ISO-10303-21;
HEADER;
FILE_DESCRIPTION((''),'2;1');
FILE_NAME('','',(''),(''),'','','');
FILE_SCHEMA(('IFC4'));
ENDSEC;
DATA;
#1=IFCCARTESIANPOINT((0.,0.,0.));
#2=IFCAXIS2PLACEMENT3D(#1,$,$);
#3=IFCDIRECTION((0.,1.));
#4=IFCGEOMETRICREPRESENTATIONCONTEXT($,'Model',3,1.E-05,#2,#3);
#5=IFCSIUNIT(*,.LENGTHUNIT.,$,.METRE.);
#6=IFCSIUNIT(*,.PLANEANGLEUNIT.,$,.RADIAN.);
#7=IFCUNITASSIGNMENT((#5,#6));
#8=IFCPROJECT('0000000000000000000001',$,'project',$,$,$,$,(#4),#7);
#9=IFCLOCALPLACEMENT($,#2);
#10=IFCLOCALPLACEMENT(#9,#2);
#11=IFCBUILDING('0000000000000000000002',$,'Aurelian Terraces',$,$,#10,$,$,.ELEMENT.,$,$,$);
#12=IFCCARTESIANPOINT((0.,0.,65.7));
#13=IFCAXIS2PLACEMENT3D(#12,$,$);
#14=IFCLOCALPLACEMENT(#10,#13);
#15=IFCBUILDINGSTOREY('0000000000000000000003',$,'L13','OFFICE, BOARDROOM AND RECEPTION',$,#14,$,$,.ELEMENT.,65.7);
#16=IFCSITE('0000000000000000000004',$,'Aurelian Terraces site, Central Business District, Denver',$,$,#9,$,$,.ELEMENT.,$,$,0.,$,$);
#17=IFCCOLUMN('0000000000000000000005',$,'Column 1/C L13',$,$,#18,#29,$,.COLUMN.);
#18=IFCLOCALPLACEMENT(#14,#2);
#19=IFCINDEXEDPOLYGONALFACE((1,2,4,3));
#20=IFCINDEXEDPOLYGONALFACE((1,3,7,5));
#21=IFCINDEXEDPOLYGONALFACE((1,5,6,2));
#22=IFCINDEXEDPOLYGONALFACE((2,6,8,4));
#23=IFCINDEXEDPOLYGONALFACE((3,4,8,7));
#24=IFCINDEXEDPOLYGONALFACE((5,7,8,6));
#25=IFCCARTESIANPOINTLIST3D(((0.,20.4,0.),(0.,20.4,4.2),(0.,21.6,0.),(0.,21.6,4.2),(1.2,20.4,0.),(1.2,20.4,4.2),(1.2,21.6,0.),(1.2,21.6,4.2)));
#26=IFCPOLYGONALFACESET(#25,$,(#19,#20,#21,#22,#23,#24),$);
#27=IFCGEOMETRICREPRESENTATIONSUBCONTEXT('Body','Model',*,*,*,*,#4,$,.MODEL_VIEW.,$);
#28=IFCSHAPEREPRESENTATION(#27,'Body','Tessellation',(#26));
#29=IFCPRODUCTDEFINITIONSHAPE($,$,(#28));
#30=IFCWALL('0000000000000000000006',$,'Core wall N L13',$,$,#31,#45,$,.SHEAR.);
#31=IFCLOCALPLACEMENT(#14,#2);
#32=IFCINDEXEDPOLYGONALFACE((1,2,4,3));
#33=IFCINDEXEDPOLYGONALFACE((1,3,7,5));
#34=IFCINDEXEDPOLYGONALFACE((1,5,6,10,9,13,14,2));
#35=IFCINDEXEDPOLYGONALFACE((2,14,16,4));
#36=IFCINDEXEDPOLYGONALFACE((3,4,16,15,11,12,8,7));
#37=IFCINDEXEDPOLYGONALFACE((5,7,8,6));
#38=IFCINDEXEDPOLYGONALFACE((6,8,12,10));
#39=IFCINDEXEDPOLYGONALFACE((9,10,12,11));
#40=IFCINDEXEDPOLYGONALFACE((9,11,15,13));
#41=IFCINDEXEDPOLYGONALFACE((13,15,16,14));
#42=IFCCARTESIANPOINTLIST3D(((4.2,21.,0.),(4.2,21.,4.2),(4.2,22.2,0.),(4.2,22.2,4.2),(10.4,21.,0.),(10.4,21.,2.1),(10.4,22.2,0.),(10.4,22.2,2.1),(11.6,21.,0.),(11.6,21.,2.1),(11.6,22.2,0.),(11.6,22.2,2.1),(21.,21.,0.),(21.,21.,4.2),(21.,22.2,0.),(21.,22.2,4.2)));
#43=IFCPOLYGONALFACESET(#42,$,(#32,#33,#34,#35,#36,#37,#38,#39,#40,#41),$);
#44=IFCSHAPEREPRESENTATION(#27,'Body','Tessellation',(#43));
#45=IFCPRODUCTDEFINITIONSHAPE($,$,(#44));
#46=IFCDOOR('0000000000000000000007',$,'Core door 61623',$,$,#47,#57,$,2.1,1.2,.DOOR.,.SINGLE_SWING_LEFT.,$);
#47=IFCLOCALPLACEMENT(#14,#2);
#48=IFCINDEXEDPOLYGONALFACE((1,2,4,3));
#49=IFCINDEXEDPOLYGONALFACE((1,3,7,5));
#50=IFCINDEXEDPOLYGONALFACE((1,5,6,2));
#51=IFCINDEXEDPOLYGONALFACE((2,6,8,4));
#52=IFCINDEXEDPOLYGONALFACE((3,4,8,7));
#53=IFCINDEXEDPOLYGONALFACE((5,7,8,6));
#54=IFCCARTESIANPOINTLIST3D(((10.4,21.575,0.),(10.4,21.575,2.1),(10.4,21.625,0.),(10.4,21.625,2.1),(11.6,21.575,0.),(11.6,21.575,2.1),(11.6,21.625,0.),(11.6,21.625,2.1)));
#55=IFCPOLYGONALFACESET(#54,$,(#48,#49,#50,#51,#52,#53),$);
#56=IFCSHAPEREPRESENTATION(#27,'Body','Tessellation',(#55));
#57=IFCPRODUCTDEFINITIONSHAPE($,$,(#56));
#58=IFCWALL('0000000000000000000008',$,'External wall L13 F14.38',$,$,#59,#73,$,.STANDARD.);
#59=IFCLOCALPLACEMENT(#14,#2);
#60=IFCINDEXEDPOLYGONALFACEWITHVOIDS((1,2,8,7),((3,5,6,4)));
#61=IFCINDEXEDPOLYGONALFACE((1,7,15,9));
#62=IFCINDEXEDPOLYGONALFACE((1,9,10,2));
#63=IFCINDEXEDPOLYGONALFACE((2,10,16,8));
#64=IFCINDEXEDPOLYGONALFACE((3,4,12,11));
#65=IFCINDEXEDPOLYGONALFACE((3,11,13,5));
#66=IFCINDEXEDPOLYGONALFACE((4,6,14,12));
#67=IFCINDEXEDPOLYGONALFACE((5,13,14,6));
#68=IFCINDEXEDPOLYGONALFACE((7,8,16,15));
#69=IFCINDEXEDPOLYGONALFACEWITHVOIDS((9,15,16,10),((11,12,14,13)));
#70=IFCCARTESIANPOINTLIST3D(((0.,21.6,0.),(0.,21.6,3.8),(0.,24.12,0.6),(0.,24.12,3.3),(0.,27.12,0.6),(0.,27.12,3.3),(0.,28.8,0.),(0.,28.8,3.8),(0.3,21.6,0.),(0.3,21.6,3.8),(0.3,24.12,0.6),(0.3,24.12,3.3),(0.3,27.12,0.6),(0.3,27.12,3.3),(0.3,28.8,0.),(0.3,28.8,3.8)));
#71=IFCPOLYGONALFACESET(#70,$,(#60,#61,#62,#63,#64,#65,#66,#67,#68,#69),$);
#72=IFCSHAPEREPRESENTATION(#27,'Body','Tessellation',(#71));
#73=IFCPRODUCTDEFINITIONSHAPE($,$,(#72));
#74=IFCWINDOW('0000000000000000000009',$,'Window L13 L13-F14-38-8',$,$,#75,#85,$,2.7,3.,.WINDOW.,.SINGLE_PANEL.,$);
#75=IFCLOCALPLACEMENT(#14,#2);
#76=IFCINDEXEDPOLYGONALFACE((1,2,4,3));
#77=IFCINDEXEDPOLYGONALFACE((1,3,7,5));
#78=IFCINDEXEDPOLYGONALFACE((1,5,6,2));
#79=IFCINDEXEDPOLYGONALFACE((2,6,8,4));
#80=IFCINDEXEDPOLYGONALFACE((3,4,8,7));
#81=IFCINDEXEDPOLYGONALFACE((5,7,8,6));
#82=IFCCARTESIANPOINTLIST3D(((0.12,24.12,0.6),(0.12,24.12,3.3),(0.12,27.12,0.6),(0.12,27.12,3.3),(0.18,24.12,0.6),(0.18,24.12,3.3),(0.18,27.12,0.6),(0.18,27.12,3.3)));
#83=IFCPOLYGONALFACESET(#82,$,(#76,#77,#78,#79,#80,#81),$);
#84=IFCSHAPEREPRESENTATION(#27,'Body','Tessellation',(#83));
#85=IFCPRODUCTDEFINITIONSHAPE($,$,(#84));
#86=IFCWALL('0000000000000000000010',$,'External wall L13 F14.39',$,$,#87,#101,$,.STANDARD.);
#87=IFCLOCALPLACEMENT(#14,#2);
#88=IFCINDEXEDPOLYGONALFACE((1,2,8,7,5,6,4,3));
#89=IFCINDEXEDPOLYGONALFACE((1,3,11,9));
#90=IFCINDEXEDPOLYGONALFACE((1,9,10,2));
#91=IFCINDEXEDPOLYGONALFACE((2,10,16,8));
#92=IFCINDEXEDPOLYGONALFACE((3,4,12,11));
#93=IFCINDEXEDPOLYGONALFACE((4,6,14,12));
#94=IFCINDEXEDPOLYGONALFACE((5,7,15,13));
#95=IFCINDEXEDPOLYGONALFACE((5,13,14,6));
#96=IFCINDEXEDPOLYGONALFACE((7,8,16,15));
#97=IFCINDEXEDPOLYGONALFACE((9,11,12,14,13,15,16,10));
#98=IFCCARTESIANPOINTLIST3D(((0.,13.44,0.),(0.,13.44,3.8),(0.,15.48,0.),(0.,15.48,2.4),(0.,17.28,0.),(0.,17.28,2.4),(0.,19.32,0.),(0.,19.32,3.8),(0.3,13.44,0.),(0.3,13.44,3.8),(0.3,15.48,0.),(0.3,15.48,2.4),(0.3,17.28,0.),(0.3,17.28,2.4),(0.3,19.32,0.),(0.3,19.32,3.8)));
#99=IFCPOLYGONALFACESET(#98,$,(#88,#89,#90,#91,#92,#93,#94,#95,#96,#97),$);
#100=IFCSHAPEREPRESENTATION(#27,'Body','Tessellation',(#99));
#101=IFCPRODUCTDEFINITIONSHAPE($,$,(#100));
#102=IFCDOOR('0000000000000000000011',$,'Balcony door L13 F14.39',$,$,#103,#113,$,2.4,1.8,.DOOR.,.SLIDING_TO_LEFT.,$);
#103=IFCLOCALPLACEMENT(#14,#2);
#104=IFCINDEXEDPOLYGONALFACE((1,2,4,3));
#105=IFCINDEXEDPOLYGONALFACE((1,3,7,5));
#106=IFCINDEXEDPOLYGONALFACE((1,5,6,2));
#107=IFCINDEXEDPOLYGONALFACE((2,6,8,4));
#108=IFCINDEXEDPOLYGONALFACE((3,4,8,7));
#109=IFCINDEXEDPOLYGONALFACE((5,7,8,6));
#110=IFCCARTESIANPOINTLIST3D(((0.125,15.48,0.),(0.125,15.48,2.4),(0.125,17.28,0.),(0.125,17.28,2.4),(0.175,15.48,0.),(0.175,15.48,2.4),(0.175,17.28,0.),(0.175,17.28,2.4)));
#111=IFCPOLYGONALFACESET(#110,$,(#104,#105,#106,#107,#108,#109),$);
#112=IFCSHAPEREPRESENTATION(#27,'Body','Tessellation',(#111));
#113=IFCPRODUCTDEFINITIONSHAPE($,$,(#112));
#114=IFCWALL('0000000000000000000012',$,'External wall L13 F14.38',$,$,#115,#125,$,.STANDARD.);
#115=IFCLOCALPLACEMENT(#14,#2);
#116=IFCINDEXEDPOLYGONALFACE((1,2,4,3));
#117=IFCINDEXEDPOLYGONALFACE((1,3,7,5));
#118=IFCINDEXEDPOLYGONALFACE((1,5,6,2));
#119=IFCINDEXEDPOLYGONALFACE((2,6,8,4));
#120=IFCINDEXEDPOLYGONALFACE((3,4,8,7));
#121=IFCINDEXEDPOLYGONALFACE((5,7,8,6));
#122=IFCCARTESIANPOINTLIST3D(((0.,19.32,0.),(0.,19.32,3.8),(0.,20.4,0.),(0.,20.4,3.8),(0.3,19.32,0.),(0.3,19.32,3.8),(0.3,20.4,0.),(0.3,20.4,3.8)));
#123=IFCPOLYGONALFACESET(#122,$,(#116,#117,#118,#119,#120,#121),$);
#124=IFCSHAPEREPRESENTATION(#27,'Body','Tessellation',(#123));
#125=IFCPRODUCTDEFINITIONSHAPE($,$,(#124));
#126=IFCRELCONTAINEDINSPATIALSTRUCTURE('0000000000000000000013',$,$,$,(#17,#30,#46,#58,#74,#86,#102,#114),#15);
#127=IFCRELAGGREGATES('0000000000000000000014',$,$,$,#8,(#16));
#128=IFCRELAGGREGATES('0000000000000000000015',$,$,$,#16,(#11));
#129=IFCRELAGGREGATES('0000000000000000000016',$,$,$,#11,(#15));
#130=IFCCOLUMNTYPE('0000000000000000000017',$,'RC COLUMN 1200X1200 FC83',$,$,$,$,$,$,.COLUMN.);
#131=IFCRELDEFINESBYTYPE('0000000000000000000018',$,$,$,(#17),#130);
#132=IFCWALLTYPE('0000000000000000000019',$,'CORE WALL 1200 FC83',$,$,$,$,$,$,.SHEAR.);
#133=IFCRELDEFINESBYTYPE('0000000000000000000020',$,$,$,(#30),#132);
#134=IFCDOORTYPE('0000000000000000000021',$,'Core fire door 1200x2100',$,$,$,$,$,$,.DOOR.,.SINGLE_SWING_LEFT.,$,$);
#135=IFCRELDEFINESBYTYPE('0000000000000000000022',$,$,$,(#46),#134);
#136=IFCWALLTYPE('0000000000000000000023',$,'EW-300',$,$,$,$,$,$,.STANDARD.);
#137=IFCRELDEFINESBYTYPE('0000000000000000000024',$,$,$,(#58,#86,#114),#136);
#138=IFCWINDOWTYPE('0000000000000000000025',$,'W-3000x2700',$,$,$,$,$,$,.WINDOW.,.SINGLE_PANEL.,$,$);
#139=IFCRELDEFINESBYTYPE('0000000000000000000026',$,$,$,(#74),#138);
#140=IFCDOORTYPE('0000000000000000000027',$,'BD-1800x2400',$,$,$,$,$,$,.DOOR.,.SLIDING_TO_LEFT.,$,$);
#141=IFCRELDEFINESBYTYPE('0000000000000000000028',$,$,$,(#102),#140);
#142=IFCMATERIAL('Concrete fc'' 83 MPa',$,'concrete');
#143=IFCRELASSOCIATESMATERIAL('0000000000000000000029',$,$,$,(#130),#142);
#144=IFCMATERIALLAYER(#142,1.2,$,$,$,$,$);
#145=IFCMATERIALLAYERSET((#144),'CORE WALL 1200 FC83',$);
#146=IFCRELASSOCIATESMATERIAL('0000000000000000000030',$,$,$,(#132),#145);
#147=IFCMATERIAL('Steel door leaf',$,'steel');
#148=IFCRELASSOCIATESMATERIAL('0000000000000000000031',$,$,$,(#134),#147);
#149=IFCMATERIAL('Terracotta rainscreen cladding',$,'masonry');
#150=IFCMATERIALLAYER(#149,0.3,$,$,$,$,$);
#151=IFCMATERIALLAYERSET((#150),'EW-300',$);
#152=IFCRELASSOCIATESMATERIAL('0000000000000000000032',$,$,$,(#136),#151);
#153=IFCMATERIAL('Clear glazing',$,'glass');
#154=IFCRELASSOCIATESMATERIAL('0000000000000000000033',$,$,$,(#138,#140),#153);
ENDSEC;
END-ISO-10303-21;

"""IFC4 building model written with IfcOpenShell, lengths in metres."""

from ifc_helpers import new_model, si_unit, direction, frame, frame_2d, origin, origin_2d, place, context, subcontext, project, spatial, rectangle, extrude, source, transform, mapped, material, layer, layer_set, material_profile, profile_set, type_object, element, fill, save


model = new_model("IFC4")

# Units and contexts
model_context = context("Model", 3, precision=1e-05, world=origin(), true_north=direction((0.0, 1.0)))
body_context = subcontext(model_context, "Body", "Model", "MODEL_VIEW")
ifc_project = project(units=[si_unit("LENGTHUNIT", "METRE"), si_unit("PLANEANGLEUNIT", "RADIAN")], contexts=[model_context])

# Site, building, storey
site_placement = place(None, origin())
site = spatial("IfcSite", under=ifc_project, at=site_placement, Name="Aurelian Terraces site, Central Business District, Denver", CompositionType="ELEMENT", RefElevation=0.0)
building_placement = place(site_placement, origin())
building = spatial("IfcBuilding", under=site, at=building_placement, Name="Aurelian Terraces", CompositionType="ELEMENT")
storey_placement = place(building_placement, frame((0.0, 0.0, 65.7)))
storey = spatial("IfcBuildingStorey", under=building, at=storey_placement, Name="L13", Description="OFFICE, BOARDROOM AND RECEPTION", CompositionType="ELEMENT", Elevation=65.7)

# Column
ifc_material_1 = material(Name="Concrete fc' 83 MPa", Category="concrete")
ifc_material_profile = material_profile(ifc_material_1, rectangle(XDim=1.2, YDim=1.2, at=origin_2d()))
ifc_profile_set = profile_set([ifc_material_profile], Name="Concrete fc' 83 MPa")
column_type = type_object("IfcColumnType", Name="RC COLUMN 1200X1200 FC83", PredefinedType="COLUMN", material=ifc_profile_set)
shared_shape_1 = source(origin(), body_context, "Body", "SweptSolid", [
    extrude(rectangle(XDim=1.2, YDim=1.2, at=origin_2d()), origin(), (0.0, 0.0, 1.0), 4.2),
])
column_placement = place(storey_placement, frame((0.6, 21.0, 0.0), z_axis=(0.0, 0.0, 1.0), x_axis=(1.0, 0.0, 0.0)))
element("IfcColumn", 1, at=column_placement, inside=storey, type_object=column_type, Name="Column 1/C L13", PredefinedType="COLUMN", context=body_context, shape_type="MappedRepresentation", body=[
    mapped(shared_shape_1, transform((0.0, 0.0, 0.0), scale=1.0)),
])

# Wall, opening, door
ifc_layer_1 = layer(ifc_material_1, 1.2)
ifc_layer_set_1 = layer_set([ifc_layer_1], Name="CORE WALL 1200 FC83")
wall_type_1 = type_object("IfcWallType", Name="CORE WALL 1200 FC83", PredefinedType="SHEAR", material=ifc_layer_set_1)
shared_shape_2 = source(origin(), body_context, "Body", "SweptSolid", [
    extrude(rectangle(XDim=16.8, YDim=1.2, at=frame_2d((8.4, 0.0))), origin(), (0.0, 0.0, 1.0), 4.2),
])
wall_1_placement = place(storey_placement, frame((4.2, 21.6, 0.0), z_axis=(0.0, 0.0, 1.0), x_axis=(1.0, 0.0, 0.0)))
wall_1 = element("IfcWall", 2, at=wall_1_placement, inside=storey, type_object=wall_type_1, Name="Core wall N L13", PredefinedType="SHEAR", context=body_context, shape_type="MappedRepresentation", body=[
    mapped(shared_shape_2, transform((0.0, 0.0, 0.0), scale=1.0)),
])
shared_shape_3 = source(origin(), body_context, "Body", "SweptSolid", [
    extrude(rectangle(XDim=1.2, YDim=2.1, at=frame_2d((0.6, 1.05))), frame((0.0, 0.61, 0.0), z_axis=(0.0, -1.0, 0.0), x_axis=(1.0, 0.0, 0.0)), (0.0, 0.0, 1.0), 1.22),
])
opening_1_placement = place(wall_1_placement, frame((6.2, 0.0, 0.0)))
opening_1 = element("IfcOpeningElement", 3, at=opening_1_placement, cuts=wall_1, PredefinedType="OPENING", context=body_context, shape_type="MappedRepresentation", body=[
    mapped(shared_shape_3, transform((0.0, 0.0, 0.0), scale=1.0)),
])
ifc_material_2 = material(Name="Steel door leaf", Category="steel")
door_type_1 = type_object("IfcDoorType", Name="Core fire door 1200x2100", OperationType="SINGLE_SWING_LEFT", PredefinedType="DOOR", material=ifc_material_2)
shared_shape_4 = source(origin(), body_context, "Body", "SweptSolid", [
    extrude(rectangle(XDim=1.2, YDim=2.1, at=frame_2d((0.6, 1.05))), frame((0.0, 0.025, 0.0), z_axis=(0.0, -1.0, 0.0), x_axis=(1.0, 0.0, 0.0)), (0.0, 0.0, 1.0), 0.05),
])
door_1_placement = place(opening_1_placement, origin())
door_1 = element("IfcDoor", 4, at=door_1_placement, inside=storey, type_object=door_type_1, Name="Core door 61623", OperationType="SINGLE_SWING_LEFT", OverallHeight=2.1, OverallWidth=1.2, PredefinedType="DOOR", context=body_context, shape_type="MappedRepresentation", body=[
    mapped(shared_shape_4, transform((0.0, 0.0, 0.0), scale=1.0)),
])
fill(opening_1, door_1)

# Wall, opening, window
ifc_material_3 = material(Name="Terracotta rainscreen cladding", Category="masonry")
ifc_layer_2 = layer(ifc_material_3, 0.3)
ifc_layer_set_2 = layer_set([ifc_layer_2], Name="EW-300")
wall_type_2 = type_object("IfcWallType", Name="EW-300", PredefinedType="STANDARD", material=ifc_layer_set_2)
shared_shape_5 = source(origin(), body_context, "Body", "SweptSolid", [
    extrude(rectangle(XDim=7.2, YDim=0.3, at=frame_2d((3.6, 0.0))), origin(), (0.0, 0.0, 1.0), 3.8),
])
wall_2_placement = place(storey_placement, frame((0.15, 28.8, 0.0), z_axis=(0.0, 0.0, 1.0), x_axis=(0.0, -1.0, 0.0)))
wall_2 = element("IfcWall", 5, at=wall_2_placement, inside=storey, type_object=wall_type_2, Name="External wall L13 F14.38", PredefinedType="STANDARD", context=body_context, shape_type="MappedRepresentation", body=[
    mapped(shared_shape_5, transform((0.0, 0.0, 0.0), scale=1.0)),
])
shared_shape_6 = source(origin(), body_context, "Body", "SweptSolid", [
    extrude(rectangle(XDim=3.0, YDim=2.7, at=frame_2d((1.5, 1.35))), frame((0.0, 0.16, 0.0), z_axis=(0.0, -1.0, 0.0), x_axis=(1.0, 0.0, 0.0)), (0.0, 0.0, 1.0), 0.32),
])
opening_2_placement = place(wall_2_placement, frame((1.68, 0.0, 0.6)))
opening_2 = element("IfcOpeningElement", 6, at=opening_2_placement, cuts=wall_2, PredefinedType="OPENING", context=body_context, shape_type="MappedRepresentation", body=[
    mapped(shared_shape_6, transform((0.0, 0.0, 0.0), scale=1.0)),
])
ifc_material_4 = material(Name="Clear glazing", Category="glass")
window_type = type_object("IfcWindowType", Name="W-3000x2700", PartitioningType="SINGLE_PANEL", PredefinedType="WINDOW", material=ifc_material_4)
shared_shape_7 = source(origin(), body_context, "Body", "SweptSolid", [
    extrude(rectangle(XDim=3.0, YDim=2.7, at=frame_2d((1.5, 1.35))), frame((0.0, 0.03, 0.0), z_axis=(0.0, -1.0, 0.0), x_axis=(1.0, 0.0, 0.0)), (0.0, 0.0, 1.0), 0.06),
])
window_placement = place(opening_2_placement, origin())
window = element("IfcWindow", 7, at=window_placement, inside=storey, type_object=window_type, Name="Window L13 L13-F14-38-8", OverallHeight=2.7, OverallWidth=3.0, PartitioningType="SINGLE_PANEL", PredefinedType="WINDOW", context=body_context, shape_type="MappedRepresentation", body=[
    mapped(shared_shape_7, transform((0.0, 0.0, 0.0), scale=1.0)),
])
fill(opening_2, window)

# Wall, opening, door
shared_shape_8 = source(origin(), body_context, "Body", "SweptSolid", [
    extrude(rectangle(XDim=5.88, YDim=0.3, at=frame_2d((2.94, 0.0))), origin(), (0.0, 0.0, 1.0), 3.8),
])
wall_3_placement = place(storey_placement, frame((0.15, 19.32, 0.0), z_axis=(0.0, 0.0, 1.0), x_axis=(0.0, -1.0, 0.0)))
wall_3 = element("IfcWall", 8, at=wall_3_placement, inside=storey, type_object=wall_type_2, Name="External wall L13 F14.39", PredefinedType="STANDARD", context=body_context, shape_type="MappedRepresentation", body=[
    mapped(shared_shape_8, transform((0.0, 0.0, 0.0), scale=1.0)),
])
shared_shape_9 = source(origin(), body_context, "Body", "SweptSolid", [
    extrude(rectangle(XDim=1.8, YDim=2.4, at=frame_2d((0.9, 1.2))), frame((0.0, 0.16, 0.0), z_axis=(0.0, -1.0, 0.0), x_axis=(1.0, 0.0, 0.0)), (0.0, 0.0, 1.0), 0.32),
])
opening_3_placement = place(wall_3_placement, frame((2.04, 0.0, 0.0)))
opening_3 = element("IfcOpeningElement", 9, at=opening_3_placement, cuts=wall_3, PredefinedType="OPENING", context=body_context, shape_type="MappedRepresentation", body=[
    mapped(shared_shape_9, transform((0.0, 0.0, 0.0), scale=1.0)),
])
door_type_2 = type_object("IfcDoorType", Name="BD-1800x2400", OperationType="SLIDING_TO_LEFT", PredefinedType="DOOR", material=ifc_material_4)
shared_shape_10 = source(origin(), body_context, "Body", "SweptSolid", [
    extrude(rectangle(XDim=1.8, YDim=2.4, at=frame_2d((0.9, 1.2))), frame((0.0, 0.025, 0.0), z_axis=(0.0, -1.0, 0.0), x_axis=(1.0, 0.0, 0.0)), (0.0, 0.0, 1.0), 0.05),
])
door_2_placement = place(opening_3_placement, origin())
door_2 = element("IfcDoor", 10, at=door_2_placement, inside=storey, type_object=door_type_2, Name="Balcony door L13 F14.39", OperationType="SLIDING_TO_LEFT", OverallHeight=2.4, OverallWidth=1.8, PredefinedType="DOOR", context=body_context, shape_type="MappedRepresentation", body=[
    mapped(shared_shape_10, transform((0.0, 0.0, 0.0), scale=1.0)),
])
fill(opening_3, door_2)

# Wall
shared_shape_11 = source(origin(), body_context, "Body", "SweptSolid", [
    extrude(rectangle(XDim=1.08, YDim=0.3, at=frame_2d((0.54, 0.0))), origin(), (0.0, 0.0, 1.0), 3.8),
])
wall_4_placement = place(storey_placement, frame((0.15, 20.4, 0.0), z_axis=(0.0, 0.0, 1.0), x_axis=(0.0, -1.0, 0.0)))
element("IfcWall", 11, at=wall_4_placement, inside=storey, type_object=wall_type_2, Name="External wall L13 F14.38", PredefinedType="STANDARD", context=body_context, shape_type="MappedRepresentation", body=[
    mapped(shared_shape_11, transform((0.0, 0.0, 0.0), scale=1.0)),
])

save(model, "model.ifc")
